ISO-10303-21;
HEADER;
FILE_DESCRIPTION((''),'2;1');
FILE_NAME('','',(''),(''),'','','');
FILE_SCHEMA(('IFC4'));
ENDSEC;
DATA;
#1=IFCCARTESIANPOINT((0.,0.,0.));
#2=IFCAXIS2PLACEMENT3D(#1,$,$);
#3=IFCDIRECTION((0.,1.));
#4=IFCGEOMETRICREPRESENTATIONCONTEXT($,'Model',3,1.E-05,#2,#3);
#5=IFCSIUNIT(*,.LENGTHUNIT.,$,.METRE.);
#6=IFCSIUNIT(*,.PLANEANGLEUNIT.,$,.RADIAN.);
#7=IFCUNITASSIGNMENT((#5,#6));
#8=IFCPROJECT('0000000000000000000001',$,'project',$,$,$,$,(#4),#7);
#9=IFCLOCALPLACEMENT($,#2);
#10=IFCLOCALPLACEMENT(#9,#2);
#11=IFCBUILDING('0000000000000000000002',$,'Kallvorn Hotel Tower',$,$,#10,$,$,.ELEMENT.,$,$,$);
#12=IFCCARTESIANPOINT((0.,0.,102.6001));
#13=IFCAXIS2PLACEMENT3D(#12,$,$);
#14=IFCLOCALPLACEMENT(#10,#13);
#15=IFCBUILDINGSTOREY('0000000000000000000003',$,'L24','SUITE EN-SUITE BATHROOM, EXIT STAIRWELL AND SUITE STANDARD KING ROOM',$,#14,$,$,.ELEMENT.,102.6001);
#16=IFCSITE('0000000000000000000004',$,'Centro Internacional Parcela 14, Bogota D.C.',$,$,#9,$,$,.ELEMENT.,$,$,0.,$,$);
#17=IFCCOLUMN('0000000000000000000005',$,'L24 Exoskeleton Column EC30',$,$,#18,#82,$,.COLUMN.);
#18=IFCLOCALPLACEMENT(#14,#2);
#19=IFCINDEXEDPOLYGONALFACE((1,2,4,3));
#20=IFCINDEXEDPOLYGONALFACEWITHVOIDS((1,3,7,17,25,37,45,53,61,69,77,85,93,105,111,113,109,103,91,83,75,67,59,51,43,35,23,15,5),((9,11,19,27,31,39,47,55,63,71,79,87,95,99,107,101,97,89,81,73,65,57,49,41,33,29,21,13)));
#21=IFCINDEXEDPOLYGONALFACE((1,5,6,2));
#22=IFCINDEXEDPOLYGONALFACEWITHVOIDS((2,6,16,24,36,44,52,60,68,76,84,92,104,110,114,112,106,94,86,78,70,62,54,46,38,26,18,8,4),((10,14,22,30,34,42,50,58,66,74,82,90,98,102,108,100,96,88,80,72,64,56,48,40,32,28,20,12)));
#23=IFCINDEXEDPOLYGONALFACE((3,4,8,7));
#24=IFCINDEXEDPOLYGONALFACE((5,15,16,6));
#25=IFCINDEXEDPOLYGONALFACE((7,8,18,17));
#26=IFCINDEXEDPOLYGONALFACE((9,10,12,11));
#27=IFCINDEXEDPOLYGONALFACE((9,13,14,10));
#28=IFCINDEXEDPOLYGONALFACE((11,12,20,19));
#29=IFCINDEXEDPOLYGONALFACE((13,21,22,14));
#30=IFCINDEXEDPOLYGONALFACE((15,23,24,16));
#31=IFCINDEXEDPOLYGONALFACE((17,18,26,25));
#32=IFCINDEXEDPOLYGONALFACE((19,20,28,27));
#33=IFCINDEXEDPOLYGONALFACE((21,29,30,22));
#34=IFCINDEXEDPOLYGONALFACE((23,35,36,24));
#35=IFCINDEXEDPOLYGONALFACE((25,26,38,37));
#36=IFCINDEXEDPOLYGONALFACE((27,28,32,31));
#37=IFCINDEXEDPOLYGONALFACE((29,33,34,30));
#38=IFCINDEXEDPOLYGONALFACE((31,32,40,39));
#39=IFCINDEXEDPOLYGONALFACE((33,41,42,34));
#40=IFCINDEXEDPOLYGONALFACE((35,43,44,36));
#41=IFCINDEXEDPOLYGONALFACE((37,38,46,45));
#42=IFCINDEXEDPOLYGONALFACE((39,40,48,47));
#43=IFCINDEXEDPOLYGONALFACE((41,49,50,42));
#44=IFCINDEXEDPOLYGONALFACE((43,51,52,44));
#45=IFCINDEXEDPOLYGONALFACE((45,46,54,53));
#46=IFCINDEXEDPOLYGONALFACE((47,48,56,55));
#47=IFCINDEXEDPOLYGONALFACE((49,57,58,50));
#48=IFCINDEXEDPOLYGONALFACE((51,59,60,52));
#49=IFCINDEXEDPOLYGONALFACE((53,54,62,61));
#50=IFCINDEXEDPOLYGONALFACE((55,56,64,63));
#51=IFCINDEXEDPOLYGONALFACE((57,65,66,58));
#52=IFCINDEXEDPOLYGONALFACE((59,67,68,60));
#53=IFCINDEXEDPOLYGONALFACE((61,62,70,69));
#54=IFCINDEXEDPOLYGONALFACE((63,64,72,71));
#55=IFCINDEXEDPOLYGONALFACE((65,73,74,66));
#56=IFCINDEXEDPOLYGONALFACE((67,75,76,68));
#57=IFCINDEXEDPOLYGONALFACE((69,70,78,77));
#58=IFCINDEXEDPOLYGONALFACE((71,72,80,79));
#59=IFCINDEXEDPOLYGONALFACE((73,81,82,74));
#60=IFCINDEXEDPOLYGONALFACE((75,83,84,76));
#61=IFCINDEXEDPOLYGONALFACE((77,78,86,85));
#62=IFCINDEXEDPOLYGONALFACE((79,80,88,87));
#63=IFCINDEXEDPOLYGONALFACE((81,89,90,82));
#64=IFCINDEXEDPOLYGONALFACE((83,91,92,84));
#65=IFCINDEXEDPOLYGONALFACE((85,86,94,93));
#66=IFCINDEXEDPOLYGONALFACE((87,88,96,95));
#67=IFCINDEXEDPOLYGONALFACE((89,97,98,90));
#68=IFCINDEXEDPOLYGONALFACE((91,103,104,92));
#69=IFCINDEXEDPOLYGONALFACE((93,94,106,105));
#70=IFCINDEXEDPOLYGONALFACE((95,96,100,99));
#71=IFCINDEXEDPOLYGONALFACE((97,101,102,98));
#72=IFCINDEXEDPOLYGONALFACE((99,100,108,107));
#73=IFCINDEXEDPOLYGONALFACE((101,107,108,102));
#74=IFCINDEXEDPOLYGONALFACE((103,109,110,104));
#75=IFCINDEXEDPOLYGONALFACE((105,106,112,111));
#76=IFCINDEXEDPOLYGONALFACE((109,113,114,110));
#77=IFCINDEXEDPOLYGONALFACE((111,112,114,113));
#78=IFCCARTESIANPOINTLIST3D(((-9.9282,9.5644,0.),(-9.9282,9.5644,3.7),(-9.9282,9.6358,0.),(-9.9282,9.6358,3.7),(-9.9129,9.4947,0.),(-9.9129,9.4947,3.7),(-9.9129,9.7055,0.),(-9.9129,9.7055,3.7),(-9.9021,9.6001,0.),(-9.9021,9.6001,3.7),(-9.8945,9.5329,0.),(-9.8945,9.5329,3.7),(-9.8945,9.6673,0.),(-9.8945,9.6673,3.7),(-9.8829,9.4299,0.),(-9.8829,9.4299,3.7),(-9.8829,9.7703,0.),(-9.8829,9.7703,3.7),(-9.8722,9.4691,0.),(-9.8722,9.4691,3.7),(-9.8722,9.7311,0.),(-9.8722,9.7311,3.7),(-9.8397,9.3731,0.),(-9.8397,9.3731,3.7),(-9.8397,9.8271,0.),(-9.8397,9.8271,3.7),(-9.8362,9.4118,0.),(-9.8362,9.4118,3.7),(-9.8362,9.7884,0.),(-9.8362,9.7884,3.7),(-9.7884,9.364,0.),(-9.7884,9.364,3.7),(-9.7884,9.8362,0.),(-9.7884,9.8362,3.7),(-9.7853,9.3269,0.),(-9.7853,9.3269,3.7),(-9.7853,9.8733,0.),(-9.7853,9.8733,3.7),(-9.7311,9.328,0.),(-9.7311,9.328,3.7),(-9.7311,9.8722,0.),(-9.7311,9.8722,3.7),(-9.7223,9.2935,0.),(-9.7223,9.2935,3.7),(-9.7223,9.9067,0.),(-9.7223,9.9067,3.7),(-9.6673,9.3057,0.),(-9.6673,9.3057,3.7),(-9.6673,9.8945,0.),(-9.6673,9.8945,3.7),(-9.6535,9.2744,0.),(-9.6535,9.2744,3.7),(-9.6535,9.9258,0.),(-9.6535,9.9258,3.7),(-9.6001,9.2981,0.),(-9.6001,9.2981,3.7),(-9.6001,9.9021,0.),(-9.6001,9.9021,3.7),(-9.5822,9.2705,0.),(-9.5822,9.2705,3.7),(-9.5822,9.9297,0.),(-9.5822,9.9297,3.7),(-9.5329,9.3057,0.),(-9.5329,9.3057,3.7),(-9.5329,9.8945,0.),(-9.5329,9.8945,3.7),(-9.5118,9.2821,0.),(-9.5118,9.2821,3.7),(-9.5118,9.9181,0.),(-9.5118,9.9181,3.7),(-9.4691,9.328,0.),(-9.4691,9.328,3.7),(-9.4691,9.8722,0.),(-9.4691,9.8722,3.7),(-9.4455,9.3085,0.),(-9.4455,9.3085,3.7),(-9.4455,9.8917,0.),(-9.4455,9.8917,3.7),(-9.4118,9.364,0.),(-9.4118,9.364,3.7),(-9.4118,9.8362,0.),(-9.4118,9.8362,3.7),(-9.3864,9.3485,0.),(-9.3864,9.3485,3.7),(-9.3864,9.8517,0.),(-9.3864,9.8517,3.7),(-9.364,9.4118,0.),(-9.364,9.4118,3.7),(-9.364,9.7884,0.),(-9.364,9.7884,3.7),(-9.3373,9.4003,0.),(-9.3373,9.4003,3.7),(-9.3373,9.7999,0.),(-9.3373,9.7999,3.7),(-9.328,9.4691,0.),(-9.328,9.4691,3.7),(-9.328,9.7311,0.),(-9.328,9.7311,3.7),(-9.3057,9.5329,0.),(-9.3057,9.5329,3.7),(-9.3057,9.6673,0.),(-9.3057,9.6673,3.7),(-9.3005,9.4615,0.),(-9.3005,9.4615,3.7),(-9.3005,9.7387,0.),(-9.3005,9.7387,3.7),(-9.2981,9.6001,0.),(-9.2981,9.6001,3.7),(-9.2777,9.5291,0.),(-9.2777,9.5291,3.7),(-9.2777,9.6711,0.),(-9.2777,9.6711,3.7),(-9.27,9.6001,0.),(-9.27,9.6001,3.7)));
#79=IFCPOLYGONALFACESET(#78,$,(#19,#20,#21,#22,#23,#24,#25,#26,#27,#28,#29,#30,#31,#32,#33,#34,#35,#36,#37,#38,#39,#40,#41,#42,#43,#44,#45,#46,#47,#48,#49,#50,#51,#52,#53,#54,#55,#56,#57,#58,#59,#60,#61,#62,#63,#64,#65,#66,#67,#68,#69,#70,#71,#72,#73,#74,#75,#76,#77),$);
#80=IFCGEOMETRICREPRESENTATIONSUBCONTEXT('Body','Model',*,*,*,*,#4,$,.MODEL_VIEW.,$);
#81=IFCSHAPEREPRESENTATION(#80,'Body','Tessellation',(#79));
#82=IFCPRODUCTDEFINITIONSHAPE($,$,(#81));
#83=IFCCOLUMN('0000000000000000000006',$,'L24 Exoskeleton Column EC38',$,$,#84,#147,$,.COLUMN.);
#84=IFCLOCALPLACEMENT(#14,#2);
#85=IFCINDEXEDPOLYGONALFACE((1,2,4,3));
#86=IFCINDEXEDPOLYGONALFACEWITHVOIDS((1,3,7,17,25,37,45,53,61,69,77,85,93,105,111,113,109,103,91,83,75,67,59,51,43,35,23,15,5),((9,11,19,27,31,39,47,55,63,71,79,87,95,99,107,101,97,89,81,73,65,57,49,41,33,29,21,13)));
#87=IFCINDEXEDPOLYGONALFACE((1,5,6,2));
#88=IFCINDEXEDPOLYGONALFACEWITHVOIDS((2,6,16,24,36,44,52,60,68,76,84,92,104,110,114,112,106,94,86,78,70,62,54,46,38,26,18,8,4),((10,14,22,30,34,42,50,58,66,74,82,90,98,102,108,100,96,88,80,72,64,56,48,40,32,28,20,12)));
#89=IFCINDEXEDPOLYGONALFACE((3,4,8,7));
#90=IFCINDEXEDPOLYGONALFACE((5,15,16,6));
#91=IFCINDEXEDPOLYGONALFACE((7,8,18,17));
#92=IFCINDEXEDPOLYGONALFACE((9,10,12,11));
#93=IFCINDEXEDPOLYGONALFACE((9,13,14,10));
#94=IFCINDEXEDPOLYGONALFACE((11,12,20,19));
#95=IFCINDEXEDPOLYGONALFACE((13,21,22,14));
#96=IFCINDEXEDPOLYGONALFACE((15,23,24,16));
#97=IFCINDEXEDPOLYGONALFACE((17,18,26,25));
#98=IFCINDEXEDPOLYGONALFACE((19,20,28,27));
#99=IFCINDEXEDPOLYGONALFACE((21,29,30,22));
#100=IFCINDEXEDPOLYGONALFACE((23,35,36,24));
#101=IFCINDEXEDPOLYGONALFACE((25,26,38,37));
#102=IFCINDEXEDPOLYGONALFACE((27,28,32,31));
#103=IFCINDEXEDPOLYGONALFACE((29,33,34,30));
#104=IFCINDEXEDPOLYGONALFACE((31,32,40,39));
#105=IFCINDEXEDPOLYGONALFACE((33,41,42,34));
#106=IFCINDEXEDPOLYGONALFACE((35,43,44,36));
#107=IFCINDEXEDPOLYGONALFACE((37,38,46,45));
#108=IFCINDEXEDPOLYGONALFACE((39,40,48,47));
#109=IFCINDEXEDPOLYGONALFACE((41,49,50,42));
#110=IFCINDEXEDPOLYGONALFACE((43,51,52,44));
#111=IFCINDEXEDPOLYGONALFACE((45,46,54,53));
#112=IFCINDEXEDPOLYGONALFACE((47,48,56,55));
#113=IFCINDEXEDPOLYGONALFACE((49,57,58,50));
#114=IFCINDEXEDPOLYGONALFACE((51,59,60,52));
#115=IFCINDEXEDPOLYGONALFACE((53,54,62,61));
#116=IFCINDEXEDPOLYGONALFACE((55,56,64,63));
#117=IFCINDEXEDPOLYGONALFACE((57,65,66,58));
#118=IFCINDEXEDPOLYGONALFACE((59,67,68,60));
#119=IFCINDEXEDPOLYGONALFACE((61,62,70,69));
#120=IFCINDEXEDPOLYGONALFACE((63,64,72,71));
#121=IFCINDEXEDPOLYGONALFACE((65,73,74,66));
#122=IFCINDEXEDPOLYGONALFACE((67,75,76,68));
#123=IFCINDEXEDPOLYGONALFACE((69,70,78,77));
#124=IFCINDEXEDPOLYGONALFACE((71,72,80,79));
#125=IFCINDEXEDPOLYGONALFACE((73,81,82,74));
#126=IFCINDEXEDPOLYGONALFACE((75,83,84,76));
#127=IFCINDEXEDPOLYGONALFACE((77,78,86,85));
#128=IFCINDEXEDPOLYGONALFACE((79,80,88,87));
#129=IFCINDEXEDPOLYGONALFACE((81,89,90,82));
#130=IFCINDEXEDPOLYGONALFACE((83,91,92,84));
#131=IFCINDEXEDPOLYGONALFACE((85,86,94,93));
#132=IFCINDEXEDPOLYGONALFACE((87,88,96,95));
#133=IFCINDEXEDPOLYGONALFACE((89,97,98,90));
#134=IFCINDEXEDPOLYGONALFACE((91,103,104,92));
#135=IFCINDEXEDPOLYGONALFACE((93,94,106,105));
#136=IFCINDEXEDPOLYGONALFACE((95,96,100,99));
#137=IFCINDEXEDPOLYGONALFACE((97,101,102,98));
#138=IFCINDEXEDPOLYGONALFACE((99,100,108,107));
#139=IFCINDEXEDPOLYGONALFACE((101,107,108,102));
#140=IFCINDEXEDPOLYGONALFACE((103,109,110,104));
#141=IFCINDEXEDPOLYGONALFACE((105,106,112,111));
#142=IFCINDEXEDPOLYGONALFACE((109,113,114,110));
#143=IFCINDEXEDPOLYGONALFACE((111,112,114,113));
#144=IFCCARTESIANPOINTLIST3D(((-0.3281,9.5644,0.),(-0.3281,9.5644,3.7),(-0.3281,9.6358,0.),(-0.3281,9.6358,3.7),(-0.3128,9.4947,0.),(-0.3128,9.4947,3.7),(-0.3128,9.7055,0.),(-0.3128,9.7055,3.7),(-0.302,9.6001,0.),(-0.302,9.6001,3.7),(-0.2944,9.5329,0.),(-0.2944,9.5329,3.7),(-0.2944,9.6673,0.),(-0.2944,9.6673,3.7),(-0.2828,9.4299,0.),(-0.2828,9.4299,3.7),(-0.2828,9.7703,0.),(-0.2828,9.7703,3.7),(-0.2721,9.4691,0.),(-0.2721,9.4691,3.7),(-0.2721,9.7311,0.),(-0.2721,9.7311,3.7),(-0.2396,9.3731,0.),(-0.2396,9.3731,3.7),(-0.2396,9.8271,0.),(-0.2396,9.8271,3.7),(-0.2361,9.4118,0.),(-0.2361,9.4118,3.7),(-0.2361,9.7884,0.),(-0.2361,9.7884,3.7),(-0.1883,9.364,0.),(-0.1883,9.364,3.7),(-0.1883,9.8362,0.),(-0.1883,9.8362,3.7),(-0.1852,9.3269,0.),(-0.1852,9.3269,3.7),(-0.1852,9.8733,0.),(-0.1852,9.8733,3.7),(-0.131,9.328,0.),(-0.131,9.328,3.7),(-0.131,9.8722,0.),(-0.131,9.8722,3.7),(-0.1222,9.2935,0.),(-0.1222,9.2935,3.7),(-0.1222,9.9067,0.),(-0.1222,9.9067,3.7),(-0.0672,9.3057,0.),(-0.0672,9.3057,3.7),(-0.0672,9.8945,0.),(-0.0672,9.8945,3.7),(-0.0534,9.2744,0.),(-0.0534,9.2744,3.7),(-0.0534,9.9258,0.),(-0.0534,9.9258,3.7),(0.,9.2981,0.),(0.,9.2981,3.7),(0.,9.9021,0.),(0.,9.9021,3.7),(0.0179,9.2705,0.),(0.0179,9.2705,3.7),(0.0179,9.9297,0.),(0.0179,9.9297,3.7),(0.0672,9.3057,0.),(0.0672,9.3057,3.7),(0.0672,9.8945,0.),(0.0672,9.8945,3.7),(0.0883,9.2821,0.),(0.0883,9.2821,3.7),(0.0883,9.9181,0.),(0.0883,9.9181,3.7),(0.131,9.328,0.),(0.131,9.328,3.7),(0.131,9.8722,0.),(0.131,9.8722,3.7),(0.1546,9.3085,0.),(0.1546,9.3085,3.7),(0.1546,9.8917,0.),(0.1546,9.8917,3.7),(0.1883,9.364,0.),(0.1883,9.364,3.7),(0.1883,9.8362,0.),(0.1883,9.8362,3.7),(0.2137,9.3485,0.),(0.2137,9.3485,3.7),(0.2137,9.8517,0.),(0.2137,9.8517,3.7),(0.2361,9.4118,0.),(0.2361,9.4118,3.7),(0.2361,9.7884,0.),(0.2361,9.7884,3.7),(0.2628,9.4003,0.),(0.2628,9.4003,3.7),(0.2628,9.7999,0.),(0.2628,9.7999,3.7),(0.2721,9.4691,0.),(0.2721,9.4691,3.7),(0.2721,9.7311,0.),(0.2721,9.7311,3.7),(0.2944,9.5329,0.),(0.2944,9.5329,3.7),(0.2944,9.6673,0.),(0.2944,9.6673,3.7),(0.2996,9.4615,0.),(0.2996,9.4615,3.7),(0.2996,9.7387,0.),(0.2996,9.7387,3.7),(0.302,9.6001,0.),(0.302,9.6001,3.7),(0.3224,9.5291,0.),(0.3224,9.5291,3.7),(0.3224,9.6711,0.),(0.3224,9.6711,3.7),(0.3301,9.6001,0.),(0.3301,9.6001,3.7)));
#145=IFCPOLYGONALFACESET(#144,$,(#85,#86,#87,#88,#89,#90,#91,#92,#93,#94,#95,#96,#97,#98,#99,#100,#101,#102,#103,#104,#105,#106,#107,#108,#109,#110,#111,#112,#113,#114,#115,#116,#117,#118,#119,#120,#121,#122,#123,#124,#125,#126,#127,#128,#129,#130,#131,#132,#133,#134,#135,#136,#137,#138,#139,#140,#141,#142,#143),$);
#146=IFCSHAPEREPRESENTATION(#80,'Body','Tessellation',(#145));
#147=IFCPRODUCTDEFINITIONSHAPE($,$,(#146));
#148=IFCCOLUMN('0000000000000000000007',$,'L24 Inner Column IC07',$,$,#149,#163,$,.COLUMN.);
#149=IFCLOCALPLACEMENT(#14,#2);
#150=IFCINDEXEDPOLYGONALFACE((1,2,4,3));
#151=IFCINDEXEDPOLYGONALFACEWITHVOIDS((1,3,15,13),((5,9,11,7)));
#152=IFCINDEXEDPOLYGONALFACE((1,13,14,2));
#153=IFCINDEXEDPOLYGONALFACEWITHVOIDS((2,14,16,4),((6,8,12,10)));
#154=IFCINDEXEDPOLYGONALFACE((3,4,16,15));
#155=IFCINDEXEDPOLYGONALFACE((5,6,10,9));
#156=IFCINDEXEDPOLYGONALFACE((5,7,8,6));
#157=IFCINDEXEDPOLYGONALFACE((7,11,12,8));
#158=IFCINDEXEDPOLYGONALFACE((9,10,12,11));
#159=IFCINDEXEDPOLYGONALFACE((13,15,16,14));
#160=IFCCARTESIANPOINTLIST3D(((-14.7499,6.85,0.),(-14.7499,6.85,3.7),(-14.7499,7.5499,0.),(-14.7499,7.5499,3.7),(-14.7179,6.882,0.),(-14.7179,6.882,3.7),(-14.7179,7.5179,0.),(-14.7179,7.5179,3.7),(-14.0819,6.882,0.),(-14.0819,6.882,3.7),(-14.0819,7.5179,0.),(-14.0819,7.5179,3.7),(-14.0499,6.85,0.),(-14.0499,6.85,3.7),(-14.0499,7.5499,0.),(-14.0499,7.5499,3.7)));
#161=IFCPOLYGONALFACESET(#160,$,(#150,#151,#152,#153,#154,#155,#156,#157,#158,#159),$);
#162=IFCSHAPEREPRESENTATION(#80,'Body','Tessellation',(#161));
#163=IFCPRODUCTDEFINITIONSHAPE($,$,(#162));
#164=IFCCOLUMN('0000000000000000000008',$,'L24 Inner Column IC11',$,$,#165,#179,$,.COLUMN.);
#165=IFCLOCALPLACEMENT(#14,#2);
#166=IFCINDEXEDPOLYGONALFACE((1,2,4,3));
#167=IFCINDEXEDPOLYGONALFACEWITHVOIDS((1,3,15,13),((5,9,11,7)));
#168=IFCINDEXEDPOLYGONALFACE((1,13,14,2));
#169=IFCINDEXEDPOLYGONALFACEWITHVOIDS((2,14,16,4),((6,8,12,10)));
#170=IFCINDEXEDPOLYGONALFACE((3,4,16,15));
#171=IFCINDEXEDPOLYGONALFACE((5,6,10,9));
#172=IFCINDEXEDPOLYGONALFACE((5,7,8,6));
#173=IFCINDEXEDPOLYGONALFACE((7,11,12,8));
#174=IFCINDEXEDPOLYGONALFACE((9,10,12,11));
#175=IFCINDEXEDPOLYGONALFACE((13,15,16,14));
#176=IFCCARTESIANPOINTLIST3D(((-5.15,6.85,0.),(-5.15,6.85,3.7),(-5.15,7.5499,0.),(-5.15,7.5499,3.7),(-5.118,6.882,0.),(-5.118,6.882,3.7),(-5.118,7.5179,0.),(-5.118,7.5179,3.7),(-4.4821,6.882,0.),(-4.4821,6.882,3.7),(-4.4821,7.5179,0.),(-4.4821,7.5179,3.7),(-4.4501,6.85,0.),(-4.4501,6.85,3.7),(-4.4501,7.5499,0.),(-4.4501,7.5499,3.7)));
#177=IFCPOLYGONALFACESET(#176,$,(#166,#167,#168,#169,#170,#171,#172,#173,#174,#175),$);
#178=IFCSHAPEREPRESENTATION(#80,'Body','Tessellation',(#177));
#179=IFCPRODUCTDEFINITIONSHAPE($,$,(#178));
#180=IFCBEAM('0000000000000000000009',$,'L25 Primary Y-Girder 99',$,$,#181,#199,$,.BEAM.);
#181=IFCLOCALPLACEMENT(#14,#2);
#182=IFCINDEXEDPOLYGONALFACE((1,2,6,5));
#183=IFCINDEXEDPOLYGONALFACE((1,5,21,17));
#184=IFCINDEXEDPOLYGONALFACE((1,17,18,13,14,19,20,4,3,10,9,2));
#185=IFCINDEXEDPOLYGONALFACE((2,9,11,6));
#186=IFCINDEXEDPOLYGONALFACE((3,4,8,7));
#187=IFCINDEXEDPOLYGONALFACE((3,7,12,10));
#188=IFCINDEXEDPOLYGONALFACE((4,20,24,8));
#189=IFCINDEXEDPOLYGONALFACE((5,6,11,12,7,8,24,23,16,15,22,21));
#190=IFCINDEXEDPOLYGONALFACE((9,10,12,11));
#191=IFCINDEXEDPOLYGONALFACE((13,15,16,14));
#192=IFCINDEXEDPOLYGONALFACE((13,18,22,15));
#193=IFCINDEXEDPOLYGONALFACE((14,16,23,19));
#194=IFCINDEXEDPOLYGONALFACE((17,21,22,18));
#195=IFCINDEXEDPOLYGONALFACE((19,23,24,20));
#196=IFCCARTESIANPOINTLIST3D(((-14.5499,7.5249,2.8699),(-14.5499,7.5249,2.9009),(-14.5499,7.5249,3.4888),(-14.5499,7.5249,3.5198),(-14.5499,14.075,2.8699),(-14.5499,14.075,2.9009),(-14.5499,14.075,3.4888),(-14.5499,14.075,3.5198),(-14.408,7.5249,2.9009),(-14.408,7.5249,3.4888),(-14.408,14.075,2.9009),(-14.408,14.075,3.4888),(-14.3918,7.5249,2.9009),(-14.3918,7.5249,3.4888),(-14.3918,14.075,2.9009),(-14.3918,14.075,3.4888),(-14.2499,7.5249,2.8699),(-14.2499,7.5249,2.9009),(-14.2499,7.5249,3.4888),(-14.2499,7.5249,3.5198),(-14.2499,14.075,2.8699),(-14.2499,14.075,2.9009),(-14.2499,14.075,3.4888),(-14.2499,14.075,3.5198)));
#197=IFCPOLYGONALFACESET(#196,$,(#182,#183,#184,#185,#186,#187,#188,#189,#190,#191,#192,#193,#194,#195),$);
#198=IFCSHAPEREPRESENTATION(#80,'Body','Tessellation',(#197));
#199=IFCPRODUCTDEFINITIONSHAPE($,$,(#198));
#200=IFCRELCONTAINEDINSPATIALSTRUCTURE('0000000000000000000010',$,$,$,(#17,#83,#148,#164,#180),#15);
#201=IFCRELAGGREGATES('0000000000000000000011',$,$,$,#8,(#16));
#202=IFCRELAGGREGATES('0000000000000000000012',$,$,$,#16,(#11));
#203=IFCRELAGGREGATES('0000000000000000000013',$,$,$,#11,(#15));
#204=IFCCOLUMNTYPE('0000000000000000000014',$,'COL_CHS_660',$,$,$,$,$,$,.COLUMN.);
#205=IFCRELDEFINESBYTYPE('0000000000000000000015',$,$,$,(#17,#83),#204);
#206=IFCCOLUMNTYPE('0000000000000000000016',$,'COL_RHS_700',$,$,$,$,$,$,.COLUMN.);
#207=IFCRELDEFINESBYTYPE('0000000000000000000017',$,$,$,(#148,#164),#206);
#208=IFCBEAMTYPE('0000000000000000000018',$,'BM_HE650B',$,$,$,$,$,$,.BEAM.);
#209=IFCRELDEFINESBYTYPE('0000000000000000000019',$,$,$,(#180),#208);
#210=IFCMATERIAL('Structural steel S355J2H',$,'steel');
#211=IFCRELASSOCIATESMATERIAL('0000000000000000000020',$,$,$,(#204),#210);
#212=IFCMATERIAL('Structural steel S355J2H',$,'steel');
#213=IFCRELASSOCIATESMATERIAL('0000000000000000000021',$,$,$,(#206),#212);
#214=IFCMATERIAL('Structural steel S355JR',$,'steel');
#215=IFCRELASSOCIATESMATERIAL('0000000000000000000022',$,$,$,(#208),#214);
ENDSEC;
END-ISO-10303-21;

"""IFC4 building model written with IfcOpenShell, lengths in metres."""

from ifc_helpers import new_model, si_unit, direction, frame, origin, origin_2d, place, context, subcontext, project, spatial, hollow_rectangle, hollow_circle, i_section, extrude, material, material_profile, profile_set, type_object, element, save


model = new_model("IFC4")

# Units and contexts
model_context = context("Model", 3, precision=1e-05, world=origin(), true_north=direction((0.0, 1.0)))
body_context = subcontext(model_context, "Body", "Model", "MODEL_VIEW")
ifc_project = project(units=[si_unit("LENGTHUNIT", "METRE"), si_unit("PLANEANGLEUNIT", "RADIAN")], contexts=[model_context])

# Site, building, storey
site_placement = place(None, origin())
site = spatial("IfcSite", under=ifc_project, at=site_placement, Name="Centro Internacional Parcela 14, Bogota D.C.", CompositionType="ELEMENT", RefElevation=0.0)
building_placement = place(site_placement, origin())
building = spatial("IfcBuilding", under=site, at=building_placement, Name="Kallvorn Hotel Tower", CompositionType="ELEMENT")
storey_placement = place(building_placement, frame((0.0, 0.0, 102.6001)))
storey = spatial("IfcBuildingStorey", under=building, at=storey_placement, Name="L24", Description="SUITE EN-SUITE BATHROOM, EXIT STAIRWELL AND SUITE STANDARD KING ROOM", CompositionType="ELEMENT", Elevation=102.6001)

# Columns
ifc_material_1 = material(Name="Structural steel S355J2H", Category="steel")
ifc_material_profile_1 = material_profile(ifc_material_1, hollow_circle(Radius=0.3301, WallThickness=0.0281, at=origin_2d()), Name="CHS 660x28")
ifc_profile_set_1 = profile_set([ifc_material_profile_1], Name="Structural steel S355J2H")
column_type_1 = type_object("IfcColumnType", Name="COL_CHS_660", PredefinedType="COLUMN", material=ifc_profile_set_1)
for number, where, z_axis, x_axis, name in (
    (1, (-9.6001, 9.6001, 0.0), (0.0, 0.0, 1.0), (1.0, 0.0, 0.0), "L24 Exoskeleton Column EC30"),
    (2, (0.0, 9.6001, 0.0), (0.0, 0.0, 1.0), (1.0, 0.0, 0.0), "L24 Exoskeleton Column EC38"),
):
    element("IfcColumn", number, at=place(storey_placement, frame(where, z_axis=z_axis, x_axis=x_axis)), inside=storey, type_object=column_type_1, Name=name, PredefinedType="COLUMN", context=body_context, shape_type="SweptSolid", body=[
        extrude(hollow_circle(Radius=0.3301, WallThickness=0.0281, at=origin_2d()), origin(), (0.0, 0.0, 1.0), 3.7),
    ])
ifc_material_2 = material(Name="Structural steel S355J2H", Category="steel")
ifc_material_profile_2 = material_profile(ifc_material_2, hollow_rectangle(XDim=0.7, YDim=0.7, WallThickness=0.032, at=origin_2d()), Name="RHS 700x700x32")
ifc_profile_set_2 = profile_set([ifc_material_profile_2], Name="Structural steel S355J2H")
column_type_2 = type_object("IfcColumnType", Name="COL_RHS_700", PredefinedType="COLUMN", material=ifc_profile_set_2)
for number, where, z_axis, x_axis, name in (
    (3, (-14.3999, 7.2, 0.0), (0.0, 0.0, 1.0), (1.0, 0.0, 0.0), "L24 Inner Column IC07"),
    (4, (-4.8, 7.2, 0.0), (0.0, 0.0, 1.0), (1.0, 0.0, 0.0), "L24 Inner Column IC11"),
):
    element("IfcColumn", number, at=place(storey_placement, frame(where, z_axis=z_axis, x_axis=x_axis)), inside=storey, type_object=column_type_2, Name=name, PredefinedType="COLUMN", context=body_context, shape_type="SweptSolid", body=[
        extrude(hollow_rectangle(XDim=0.7, YDim=0.7, WallThickness=0.032, at=origin_2d()), origin(), (0.0, 0.0, 1.0), 3.7),
    ])

# Beam
ifc_material_3 = material(Name="Structural steel S355JR", Category="steel")
ifc_material_profile_3 = material_profile(ifc_material_3, i_section(OverallWidth=0.3, OverallDepth=0.6499, WebThickness=0.0161, FlangeThickness=0.031, at=origin_2d()), Name="HE 650 B")
ifc_profile_set_3 = profile_set([ifc_material_profile_3], Name="Structural steel S355JR")
beam_type_1 = type_object("IfcBeamType", Name="BM_HE650B", PredefinedType="BEAM", material=ifc_profile_set_3)
for number, where, z_axis, x_axis, name in (
    (5, (-14.3999, 7.5249, 3.1948), (0.0, 1.0, 0.0), (-1.0, 0.0, 0.0), "L25 Primary Y-Girder 99"),
):
    element("IfcBeam", number, at=place(storey_placement, frame(where, z_axis=z_axis, x_axis=x_axis)), inside=storey, type_object=beam_type_1, Name=name, PredefinedType="BEAM", context=body_context, shape_type="SweptSolid", body=[
        extrude(i_section(OverallWidth=0.3, OverallDepth=0.6499, WebThickness=0.0161, FlangeThickness=0.031, at=origin_2d()), origin(), (0.0, 0.0, 1.0), 6.55),
    ])

save(model, "model.ifc")
